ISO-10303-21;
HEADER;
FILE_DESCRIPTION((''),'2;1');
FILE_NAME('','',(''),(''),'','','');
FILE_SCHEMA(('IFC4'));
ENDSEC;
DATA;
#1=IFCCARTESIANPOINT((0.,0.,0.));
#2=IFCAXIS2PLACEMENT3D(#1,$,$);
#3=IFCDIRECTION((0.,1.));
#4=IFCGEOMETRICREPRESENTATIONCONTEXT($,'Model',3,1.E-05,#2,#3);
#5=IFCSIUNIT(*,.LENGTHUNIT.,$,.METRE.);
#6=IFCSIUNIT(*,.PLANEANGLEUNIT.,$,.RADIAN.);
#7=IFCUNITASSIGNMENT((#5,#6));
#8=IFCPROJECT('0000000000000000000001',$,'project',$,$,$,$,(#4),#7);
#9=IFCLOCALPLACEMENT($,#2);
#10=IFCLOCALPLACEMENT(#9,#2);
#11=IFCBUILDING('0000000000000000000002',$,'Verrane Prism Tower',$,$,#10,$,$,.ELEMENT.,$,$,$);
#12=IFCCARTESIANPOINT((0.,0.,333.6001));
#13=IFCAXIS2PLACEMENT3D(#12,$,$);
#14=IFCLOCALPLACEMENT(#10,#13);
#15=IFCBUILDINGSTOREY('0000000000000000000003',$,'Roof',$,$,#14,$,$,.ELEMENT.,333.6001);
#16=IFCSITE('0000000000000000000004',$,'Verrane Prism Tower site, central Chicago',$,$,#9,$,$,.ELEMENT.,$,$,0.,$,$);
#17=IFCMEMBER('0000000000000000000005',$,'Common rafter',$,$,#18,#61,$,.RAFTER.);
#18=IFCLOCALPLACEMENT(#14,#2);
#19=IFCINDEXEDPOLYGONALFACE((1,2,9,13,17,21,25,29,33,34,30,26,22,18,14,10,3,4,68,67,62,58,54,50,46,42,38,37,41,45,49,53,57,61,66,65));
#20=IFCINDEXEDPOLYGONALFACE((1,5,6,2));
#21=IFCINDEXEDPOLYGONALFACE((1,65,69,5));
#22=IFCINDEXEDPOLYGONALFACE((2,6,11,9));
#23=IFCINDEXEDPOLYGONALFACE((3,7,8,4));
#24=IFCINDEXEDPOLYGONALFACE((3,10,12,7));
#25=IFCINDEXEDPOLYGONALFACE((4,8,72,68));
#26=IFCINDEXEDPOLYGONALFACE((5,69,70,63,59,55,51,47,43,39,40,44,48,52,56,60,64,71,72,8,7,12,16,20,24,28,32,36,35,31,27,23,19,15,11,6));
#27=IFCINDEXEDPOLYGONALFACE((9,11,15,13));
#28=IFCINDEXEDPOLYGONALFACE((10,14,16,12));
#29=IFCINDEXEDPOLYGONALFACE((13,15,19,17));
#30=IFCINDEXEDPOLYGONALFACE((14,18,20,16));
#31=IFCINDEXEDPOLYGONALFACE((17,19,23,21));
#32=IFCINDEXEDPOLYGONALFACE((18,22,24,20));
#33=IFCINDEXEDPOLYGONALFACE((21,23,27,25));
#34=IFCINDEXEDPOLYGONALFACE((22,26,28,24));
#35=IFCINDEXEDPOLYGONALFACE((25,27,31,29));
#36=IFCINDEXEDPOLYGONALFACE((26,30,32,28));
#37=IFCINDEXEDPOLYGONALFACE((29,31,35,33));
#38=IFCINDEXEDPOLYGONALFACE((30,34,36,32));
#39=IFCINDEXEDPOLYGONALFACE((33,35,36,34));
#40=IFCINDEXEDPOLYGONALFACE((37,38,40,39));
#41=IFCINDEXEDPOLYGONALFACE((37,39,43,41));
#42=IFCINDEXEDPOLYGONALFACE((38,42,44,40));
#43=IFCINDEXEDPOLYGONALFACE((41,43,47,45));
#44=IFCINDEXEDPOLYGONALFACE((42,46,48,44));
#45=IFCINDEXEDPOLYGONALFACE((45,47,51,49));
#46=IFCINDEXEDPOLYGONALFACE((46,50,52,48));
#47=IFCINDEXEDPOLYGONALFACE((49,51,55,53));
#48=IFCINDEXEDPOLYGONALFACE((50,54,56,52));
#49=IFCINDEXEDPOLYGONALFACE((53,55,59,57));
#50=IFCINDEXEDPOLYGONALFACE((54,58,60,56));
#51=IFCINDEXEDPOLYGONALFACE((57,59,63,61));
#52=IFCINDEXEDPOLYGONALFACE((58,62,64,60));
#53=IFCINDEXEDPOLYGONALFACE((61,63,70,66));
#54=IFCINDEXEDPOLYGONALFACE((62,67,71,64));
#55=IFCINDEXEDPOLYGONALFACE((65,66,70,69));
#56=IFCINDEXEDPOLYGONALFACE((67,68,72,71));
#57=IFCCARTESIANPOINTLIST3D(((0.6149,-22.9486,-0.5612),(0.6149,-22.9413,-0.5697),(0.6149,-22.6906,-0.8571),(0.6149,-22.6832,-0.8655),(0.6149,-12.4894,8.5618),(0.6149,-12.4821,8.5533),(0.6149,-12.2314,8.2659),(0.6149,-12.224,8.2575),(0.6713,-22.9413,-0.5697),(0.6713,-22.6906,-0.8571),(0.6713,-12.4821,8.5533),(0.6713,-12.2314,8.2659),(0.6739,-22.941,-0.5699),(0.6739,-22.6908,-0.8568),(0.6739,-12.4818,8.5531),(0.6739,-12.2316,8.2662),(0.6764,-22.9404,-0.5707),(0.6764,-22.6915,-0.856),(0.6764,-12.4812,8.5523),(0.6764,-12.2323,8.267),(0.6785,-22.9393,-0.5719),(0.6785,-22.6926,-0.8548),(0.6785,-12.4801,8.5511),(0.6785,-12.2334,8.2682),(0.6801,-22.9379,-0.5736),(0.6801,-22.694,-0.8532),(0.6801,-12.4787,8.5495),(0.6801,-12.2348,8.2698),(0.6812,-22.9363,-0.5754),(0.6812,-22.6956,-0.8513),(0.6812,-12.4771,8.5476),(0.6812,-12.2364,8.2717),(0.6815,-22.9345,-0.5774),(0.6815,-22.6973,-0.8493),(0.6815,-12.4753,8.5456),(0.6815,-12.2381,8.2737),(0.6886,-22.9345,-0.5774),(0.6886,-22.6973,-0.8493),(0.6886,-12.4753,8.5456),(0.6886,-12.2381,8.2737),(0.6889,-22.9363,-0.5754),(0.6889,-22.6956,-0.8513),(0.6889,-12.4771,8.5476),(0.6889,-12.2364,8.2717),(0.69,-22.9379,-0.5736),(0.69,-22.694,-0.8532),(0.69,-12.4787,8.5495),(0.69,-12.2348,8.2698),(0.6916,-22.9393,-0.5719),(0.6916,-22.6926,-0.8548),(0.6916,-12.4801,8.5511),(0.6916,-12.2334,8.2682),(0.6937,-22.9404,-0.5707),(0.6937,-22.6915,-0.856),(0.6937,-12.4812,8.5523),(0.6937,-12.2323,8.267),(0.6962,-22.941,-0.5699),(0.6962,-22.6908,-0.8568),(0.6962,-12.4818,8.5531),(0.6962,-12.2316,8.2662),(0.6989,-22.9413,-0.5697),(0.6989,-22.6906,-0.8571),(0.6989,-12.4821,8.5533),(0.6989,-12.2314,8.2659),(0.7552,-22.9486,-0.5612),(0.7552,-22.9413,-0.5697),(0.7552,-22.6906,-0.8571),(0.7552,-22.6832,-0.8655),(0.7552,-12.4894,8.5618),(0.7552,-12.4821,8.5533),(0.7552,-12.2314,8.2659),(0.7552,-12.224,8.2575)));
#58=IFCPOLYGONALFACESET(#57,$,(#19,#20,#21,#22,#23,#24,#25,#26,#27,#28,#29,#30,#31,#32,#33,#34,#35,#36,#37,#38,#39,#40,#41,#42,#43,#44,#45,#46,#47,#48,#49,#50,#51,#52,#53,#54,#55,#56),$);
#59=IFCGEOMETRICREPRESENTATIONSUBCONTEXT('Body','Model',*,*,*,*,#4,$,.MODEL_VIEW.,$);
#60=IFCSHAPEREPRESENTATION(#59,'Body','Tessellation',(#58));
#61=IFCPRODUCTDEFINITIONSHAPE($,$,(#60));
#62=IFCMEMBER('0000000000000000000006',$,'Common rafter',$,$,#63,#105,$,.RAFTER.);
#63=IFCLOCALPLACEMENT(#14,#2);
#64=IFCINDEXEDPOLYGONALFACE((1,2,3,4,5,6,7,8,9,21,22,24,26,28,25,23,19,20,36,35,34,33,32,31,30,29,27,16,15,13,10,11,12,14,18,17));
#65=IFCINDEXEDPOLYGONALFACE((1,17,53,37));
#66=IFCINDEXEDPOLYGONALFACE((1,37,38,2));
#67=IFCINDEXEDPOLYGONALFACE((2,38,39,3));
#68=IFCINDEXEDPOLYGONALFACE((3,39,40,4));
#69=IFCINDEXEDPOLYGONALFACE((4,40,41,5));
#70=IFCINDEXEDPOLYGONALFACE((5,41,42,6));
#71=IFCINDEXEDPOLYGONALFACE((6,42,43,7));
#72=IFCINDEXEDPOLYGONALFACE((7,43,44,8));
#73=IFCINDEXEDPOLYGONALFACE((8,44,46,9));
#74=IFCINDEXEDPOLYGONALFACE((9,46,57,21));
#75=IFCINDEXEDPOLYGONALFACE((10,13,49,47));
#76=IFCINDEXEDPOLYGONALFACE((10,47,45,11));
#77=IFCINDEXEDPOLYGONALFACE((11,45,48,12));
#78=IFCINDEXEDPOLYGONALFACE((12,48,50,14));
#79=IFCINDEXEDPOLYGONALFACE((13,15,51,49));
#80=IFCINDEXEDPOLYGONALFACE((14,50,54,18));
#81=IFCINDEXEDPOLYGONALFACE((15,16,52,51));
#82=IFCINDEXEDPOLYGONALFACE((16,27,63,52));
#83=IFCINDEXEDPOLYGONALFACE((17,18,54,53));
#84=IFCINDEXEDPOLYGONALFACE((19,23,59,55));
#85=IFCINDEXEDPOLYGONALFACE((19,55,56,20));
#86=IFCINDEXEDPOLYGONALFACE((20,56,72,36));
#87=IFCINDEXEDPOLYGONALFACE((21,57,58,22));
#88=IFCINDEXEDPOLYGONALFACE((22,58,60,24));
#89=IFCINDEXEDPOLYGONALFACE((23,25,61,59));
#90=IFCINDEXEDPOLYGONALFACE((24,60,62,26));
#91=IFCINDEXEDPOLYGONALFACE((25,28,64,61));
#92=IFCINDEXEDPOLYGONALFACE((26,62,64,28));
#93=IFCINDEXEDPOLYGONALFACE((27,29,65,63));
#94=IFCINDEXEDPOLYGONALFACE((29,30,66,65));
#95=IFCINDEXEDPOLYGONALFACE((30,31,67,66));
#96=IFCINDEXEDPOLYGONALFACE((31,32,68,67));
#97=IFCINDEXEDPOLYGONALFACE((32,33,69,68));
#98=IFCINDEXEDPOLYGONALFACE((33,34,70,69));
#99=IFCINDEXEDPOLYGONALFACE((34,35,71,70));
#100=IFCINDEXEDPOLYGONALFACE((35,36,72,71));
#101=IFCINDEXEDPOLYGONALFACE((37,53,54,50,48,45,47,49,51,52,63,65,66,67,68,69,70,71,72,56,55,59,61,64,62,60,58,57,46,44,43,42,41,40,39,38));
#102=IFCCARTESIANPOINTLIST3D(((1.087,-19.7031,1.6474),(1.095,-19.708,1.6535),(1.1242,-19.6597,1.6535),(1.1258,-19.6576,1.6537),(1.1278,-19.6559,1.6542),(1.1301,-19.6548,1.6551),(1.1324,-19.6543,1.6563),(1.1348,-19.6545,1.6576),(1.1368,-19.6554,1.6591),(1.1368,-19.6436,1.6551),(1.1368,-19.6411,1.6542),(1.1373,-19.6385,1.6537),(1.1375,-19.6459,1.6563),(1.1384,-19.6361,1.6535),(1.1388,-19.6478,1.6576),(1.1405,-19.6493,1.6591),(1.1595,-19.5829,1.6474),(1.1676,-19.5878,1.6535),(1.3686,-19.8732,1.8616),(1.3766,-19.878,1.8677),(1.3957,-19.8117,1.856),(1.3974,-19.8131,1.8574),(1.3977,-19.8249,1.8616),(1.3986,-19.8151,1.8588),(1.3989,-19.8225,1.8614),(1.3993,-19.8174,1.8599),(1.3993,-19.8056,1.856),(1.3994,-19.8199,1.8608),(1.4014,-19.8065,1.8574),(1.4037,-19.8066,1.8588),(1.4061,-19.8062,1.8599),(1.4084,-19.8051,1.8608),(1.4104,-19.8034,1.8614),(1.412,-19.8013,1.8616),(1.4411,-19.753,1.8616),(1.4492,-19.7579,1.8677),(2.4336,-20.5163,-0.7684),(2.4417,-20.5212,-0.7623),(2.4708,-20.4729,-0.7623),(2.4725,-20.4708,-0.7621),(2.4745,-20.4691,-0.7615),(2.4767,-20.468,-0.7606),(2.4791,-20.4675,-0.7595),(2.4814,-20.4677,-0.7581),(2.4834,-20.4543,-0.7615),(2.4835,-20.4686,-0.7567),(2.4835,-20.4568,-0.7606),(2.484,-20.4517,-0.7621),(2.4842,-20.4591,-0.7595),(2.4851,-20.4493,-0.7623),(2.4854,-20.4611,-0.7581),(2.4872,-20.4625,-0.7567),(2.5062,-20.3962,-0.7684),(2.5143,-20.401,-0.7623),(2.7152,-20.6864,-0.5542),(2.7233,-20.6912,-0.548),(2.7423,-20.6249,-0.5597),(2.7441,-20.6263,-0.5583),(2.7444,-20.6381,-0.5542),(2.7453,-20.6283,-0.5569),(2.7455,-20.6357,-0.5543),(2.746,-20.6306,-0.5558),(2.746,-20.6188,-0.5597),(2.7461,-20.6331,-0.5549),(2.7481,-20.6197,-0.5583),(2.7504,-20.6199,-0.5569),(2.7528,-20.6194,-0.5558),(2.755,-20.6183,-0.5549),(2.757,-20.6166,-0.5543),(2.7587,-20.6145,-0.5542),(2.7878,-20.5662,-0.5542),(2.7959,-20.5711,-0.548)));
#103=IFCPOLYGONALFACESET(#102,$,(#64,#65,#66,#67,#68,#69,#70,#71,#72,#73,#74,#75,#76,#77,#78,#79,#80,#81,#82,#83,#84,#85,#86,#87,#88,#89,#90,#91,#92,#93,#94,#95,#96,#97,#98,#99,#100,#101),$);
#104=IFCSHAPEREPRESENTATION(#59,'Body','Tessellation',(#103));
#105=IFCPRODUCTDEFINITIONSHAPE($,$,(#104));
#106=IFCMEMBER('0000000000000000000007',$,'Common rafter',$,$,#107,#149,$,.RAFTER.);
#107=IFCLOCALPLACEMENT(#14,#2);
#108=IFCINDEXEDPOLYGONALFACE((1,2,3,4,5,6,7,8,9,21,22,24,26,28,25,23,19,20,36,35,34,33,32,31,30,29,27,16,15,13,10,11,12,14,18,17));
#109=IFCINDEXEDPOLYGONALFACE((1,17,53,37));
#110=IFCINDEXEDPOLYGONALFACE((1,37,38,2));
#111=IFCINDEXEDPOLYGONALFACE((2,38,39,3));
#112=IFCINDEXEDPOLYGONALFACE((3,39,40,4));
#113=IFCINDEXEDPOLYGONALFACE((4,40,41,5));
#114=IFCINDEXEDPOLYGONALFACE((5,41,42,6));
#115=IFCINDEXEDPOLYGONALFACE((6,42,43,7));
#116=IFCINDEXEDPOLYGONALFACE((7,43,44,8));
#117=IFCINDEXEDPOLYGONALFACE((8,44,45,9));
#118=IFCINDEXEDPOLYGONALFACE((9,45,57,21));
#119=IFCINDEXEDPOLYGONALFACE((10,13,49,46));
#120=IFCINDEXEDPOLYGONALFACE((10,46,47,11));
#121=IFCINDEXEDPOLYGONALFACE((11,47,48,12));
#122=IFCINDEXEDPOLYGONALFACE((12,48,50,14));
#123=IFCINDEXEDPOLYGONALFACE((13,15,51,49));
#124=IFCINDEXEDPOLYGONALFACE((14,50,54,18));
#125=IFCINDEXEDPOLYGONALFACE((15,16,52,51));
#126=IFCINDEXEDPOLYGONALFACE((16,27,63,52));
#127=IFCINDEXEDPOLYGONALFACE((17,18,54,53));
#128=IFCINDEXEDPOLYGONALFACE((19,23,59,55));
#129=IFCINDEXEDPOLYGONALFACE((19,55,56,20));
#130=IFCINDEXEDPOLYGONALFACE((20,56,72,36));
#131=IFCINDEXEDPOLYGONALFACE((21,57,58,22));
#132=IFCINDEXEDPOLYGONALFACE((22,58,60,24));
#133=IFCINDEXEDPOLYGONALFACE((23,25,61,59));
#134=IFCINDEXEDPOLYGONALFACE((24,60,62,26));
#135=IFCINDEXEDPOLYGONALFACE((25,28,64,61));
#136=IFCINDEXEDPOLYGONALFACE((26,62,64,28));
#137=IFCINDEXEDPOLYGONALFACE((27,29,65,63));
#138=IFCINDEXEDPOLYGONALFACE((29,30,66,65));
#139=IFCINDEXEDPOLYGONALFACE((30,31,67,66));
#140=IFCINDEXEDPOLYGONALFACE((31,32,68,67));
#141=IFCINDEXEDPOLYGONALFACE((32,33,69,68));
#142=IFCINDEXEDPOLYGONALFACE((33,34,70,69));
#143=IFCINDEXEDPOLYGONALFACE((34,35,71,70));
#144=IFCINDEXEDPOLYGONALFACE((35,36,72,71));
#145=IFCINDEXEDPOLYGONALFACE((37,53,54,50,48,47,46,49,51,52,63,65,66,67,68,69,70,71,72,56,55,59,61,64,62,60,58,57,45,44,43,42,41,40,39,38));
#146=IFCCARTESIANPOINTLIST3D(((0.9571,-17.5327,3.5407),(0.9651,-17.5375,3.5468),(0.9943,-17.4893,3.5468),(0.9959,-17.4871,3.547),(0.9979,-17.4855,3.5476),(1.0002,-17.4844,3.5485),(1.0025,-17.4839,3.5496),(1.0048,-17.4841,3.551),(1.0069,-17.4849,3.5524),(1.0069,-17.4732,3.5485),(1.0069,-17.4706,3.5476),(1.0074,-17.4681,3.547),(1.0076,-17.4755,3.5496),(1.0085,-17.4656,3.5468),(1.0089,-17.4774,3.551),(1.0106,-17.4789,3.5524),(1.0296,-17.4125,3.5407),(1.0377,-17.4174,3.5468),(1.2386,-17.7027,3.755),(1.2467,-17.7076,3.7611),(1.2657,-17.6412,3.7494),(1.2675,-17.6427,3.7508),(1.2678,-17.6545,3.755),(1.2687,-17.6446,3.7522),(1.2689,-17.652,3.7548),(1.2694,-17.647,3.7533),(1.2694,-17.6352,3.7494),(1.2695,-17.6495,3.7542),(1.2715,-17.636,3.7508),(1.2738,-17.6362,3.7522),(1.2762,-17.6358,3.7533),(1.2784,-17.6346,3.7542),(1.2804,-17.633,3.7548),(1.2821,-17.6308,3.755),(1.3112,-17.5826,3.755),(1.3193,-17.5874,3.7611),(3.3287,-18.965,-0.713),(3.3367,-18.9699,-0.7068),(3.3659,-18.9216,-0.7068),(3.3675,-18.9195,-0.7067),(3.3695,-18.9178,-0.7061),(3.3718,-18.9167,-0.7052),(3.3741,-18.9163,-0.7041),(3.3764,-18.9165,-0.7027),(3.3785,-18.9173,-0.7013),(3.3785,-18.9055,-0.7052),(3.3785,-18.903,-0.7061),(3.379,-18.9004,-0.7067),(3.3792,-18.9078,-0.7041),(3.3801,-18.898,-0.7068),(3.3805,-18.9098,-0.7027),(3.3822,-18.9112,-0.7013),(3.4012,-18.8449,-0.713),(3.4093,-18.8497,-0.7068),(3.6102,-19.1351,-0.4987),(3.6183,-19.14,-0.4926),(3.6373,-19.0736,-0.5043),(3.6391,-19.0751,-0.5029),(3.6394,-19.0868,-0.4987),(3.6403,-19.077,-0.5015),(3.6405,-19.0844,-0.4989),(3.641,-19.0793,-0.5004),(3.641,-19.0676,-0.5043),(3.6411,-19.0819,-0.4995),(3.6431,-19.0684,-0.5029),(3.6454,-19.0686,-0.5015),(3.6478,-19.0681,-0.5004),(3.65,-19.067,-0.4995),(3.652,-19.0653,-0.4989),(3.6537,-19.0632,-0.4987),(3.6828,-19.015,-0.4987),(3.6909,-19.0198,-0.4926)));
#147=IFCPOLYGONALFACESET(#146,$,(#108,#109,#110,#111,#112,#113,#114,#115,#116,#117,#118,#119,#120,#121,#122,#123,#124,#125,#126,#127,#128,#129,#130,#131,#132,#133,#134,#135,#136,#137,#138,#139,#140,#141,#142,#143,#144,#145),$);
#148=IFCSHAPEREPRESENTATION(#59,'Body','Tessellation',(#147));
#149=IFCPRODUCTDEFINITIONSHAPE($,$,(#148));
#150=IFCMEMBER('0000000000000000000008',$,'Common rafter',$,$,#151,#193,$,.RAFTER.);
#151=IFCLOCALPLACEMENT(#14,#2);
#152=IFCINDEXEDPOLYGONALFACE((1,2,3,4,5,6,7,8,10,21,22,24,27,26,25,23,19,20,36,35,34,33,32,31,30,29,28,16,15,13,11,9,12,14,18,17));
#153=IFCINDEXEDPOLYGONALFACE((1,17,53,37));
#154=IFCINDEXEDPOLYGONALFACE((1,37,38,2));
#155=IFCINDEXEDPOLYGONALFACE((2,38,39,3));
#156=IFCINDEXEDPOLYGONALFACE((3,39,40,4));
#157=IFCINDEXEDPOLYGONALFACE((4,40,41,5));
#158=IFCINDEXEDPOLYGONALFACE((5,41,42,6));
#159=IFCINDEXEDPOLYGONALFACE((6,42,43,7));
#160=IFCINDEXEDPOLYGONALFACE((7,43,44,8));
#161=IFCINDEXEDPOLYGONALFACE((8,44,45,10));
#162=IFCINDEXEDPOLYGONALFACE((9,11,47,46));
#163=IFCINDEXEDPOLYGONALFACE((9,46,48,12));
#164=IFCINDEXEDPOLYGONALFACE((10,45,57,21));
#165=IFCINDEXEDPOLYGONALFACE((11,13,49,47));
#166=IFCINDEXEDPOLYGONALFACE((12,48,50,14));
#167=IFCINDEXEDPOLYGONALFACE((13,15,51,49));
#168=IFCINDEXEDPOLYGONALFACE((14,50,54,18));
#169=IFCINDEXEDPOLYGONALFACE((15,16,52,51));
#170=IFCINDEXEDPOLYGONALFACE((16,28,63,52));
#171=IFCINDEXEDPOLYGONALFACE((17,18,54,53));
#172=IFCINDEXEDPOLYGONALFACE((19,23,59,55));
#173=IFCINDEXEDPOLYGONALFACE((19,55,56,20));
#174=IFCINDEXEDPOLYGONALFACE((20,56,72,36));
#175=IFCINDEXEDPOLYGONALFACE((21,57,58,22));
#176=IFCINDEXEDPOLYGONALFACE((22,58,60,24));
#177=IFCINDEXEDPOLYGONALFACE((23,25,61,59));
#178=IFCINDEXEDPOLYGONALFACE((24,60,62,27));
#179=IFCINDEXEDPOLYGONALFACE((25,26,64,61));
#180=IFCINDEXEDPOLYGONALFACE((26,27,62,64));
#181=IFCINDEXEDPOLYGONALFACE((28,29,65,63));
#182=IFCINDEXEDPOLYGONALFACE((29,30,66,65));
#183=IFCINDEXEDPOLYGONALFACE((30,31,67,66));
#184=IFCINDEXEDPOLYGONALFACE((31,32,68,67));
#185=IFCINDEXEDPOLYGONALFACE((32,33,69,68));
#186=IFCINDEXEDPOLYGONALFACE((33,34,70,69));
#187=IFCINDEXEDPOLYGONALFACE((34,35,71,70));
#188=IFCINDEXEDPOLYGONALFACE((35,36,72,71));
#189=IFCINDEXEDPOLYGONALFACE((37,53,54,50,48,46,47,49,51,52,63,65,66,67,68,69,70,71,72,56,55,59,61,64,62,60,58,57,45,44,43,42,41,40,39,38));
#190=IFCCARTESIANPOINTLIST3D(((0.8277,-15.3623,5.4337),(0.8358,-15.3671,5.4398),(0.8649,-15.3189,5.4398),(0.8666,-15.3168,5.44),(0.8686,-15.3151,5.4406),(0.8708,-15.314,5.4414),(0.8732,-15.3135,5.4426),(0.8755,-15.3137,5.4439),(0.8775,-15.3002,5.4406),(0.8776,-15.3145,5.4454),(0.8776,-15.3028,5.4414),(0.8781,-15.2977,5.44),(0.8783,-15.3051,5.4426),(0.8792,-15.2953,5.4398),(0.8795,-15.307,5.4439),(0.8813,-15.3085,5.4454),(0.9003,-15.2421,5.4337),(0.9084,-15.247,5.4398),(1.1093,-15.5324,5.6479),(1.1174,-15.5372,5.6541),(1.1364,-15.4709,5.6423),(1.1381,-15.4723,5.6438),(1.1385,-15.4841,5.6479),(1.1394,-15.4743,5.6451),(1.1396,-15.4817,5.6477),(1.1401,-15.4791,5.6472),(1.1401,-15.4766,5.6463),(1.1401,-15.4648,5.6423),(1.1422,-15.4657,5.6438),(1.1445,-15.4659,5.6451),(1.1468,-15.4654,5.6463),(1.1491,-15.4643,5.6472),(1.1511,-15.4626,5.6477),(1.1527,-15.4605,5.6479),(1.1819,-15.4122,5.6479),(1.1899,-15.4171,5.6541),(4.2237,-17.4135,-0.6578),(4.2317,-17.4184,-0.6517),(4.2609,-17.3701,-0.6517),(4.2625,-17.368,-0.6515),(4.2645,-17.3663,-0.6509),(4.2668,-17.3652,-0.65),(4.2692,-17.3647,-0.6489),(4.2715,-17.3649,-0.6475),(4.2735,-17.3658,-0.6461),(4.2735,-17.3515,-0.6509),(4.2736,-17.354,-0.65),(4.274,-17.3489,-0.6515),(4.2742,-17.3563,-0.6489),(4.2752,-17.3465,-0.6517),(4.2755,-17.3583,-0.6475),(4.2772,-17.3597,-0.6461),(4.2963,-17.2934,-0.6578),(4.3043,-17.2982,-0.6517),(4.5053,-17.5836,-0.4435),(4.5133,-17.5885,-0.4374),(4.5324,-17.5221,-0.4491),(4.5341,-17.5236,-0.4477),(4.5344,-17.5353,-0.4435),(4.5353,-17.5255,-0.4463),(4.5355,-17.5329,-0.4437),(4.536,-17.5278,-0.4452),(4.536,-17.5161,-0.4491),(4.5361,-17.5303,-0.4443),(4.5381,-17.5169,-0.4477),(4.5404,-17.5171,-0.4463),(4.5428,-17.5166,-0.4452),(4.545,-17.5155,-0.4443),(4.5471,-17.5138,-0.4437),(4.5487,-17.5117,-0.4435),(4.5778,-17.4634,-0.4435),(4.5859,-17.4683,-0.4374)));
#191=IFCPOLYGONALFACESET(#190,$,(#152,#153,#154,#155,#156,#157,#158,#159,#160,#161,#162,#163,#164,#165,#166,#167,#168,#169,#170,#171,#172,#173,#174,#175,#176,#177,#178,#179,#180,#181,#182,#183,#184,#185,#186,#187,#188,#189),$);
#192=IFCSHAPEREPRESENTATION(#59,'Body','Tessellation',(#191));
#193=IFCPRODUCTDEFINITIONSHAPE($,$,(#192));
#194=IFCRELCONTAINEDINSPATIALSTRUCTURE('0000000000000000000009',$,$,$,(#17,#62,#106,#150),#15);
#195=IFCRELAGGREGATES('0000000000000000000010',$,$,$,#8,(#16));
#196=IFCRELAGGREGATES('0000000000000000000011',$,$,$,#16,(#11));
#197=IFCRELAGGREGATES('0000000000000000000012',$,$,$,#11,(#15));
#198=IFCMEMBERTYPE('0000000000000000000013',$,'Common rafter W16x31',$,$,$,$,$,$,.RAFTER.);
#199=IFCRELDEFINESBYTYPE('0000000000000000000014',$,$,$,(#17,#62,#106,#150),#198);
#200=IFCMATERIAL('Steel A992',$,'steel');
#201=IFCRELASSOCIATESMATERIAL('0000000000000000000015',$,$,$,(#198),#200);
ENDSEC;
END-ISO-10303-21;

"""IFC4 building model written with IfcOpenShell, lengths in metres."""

from ifc_helpers import new_model, si_unit, direction, frame, origin, origin_2d, place, context, subcontext, project, spatial, i_section, extrude, material, material_profile, profile_set, type_object, element, save


model = new_model("IFC4")

# Units and contexts
model_context = context("Model", 3, precision=1e-05, world=origin(), true_north=direction((0.0, 1.0)))
body_context = subcontext(model_context, "Body", "Model", "MODEL_VIEW")
ifc_project = project(units=[si_unit("LENGTHUNIT", "METRE"), si_unit("PLANEANGLEUNIT", "RADIAN")], contexts=[model_context])

# Site, building, storey
site_placement = place(None, origin())
site = spatial("IfcSite", under=ifc_project, at=site_placement, Name="Verrane Prism Tower site, central Chicago", CompositionType="ELEMENT", RefElevation=0.0)
building_placement = place(site_placement, origin())
building = spatial("IfcBuilding", under=site, at=building_placement, Name="Verrane Prism Tower", CompositionType="ELEMENT")
storey_placement = place(building_placement, frame((0.0, 0.0, 333.6001)))
storey = spatial("IfcBuildingStorey", under=building, at=storey_placement, Name="Roof", CompositionType="ELEMENT", Elevation=333.6001)

# Members
ifc_material_1 = material(Name="Steel A992", Category="steel")
ifc_material_profile_1 = material_profile(ifc_material_1, i_section(OverallWidth=0.1404, OverallDepth=0.4038, WebThickness=0.0071, FlangeThickness=0.0112, FilletRadius=0.0103, at=origin_2d()), Name="W16x31")
ifc_profile_set_1 = profile_set([ifc_material_profile_1], Name="Steel A992")
member_type_1 = type_object("IfcMemberType", Name="Common rafter W16x31", PredefinedType="RAFTER", material=ifc_profile_set_1)
member_1_placement = place(storey_placement, frame((0.6851, -22.8159, -0.7134), z_axis=(0.0, 0.753603, 0.657329), x_axis=(-1.0, 0.0, 0.0)))
element("IfcMember", 1, at=member_1_placement, inside=storey, type_object=member_type_1, Name="Common rafter", PredefinedType="RAFTER", context=body_context, shape_type="SweptSolid", body=[
    extrude(i_section(OverallWidth=0.1404, OverallDepth=0.4038, WebThickness=0.0071, FlangeThickness=0.0112, FilletRadius=0.0103, at=origin_2d()), origin(), (0.0, 0.0, 1.0), 13.8789),
])
member_2_placement = place(storey_placement, frame((2.6147, -20.5437, -0.6582), z_axis=(-0.467134, 0.282093, 0.837979), x_axis=(-0.516936, -0.856024, 0.0)))
element("IfcMember", 2, at=member_2_placement, inside=storey, type_object=member_type_1, Name="Common rafter", PredefinedType="RAFTER", context=body_context, shape_type="SweptSolid", body=[
    extrude(i_section(OverallWidth=0.1404, OverallDepth=0.4038, WebThickness=0.0071, FlangeThickness=0.0112, FilletRadius=0.0103, at=origin_2d()), origin(), (0.0, 0.0, 1.0), 2.8828),
])
member_3_placement = place(storey_placement, frame((3.5098, -18.9924, -0.6028), z_axis=(-0.467179, 0.282164, 0.837931), x_axis=(-0.516995, -0.855989, 0.0)))
element("IfcMember", 3, at=member_3_placement, inside=storey, type_object=member_type_1, Name="Common rafter", PredefinedType="RAFTER", context=body_context, shape_type="SweptSolid", body=[
    extrude(i_section(OverallWidth=0.1404, OverallDepth=0.4038, WebThickness=0.0071, FlangeThickness=0.0112, FilletRadius=0.0103, at=origin_2d()), origin(), (0.0, 0.0, 1.0), 5.0764),
])
member_4_placement = place(storey_placement, frame((4.4048, -17.4409, -0.5476), z_axis=(-0.467148, 0.28217, 0.837945), x_axis=(-0.517027, -0.855969, 0.0)))
element("IfcMember", 4, at=member_4_placement, inside=storey, type_object=member_type_1, Name="Common rafter", PredefinedType="RAFTER", context=body_context, shape_type="SweptSolid", body=[
    extrude(i_section(OverallWidth=0.1404, OverallDepth=0.4038, WebThickness=0.0071, FlangeThickness=0.0112, FilletRadius=0.0103, at=origin_2d()), origin(), (0.0, 0.0, 1.0), 7.2695),
])

save(model, "model.ifc")
